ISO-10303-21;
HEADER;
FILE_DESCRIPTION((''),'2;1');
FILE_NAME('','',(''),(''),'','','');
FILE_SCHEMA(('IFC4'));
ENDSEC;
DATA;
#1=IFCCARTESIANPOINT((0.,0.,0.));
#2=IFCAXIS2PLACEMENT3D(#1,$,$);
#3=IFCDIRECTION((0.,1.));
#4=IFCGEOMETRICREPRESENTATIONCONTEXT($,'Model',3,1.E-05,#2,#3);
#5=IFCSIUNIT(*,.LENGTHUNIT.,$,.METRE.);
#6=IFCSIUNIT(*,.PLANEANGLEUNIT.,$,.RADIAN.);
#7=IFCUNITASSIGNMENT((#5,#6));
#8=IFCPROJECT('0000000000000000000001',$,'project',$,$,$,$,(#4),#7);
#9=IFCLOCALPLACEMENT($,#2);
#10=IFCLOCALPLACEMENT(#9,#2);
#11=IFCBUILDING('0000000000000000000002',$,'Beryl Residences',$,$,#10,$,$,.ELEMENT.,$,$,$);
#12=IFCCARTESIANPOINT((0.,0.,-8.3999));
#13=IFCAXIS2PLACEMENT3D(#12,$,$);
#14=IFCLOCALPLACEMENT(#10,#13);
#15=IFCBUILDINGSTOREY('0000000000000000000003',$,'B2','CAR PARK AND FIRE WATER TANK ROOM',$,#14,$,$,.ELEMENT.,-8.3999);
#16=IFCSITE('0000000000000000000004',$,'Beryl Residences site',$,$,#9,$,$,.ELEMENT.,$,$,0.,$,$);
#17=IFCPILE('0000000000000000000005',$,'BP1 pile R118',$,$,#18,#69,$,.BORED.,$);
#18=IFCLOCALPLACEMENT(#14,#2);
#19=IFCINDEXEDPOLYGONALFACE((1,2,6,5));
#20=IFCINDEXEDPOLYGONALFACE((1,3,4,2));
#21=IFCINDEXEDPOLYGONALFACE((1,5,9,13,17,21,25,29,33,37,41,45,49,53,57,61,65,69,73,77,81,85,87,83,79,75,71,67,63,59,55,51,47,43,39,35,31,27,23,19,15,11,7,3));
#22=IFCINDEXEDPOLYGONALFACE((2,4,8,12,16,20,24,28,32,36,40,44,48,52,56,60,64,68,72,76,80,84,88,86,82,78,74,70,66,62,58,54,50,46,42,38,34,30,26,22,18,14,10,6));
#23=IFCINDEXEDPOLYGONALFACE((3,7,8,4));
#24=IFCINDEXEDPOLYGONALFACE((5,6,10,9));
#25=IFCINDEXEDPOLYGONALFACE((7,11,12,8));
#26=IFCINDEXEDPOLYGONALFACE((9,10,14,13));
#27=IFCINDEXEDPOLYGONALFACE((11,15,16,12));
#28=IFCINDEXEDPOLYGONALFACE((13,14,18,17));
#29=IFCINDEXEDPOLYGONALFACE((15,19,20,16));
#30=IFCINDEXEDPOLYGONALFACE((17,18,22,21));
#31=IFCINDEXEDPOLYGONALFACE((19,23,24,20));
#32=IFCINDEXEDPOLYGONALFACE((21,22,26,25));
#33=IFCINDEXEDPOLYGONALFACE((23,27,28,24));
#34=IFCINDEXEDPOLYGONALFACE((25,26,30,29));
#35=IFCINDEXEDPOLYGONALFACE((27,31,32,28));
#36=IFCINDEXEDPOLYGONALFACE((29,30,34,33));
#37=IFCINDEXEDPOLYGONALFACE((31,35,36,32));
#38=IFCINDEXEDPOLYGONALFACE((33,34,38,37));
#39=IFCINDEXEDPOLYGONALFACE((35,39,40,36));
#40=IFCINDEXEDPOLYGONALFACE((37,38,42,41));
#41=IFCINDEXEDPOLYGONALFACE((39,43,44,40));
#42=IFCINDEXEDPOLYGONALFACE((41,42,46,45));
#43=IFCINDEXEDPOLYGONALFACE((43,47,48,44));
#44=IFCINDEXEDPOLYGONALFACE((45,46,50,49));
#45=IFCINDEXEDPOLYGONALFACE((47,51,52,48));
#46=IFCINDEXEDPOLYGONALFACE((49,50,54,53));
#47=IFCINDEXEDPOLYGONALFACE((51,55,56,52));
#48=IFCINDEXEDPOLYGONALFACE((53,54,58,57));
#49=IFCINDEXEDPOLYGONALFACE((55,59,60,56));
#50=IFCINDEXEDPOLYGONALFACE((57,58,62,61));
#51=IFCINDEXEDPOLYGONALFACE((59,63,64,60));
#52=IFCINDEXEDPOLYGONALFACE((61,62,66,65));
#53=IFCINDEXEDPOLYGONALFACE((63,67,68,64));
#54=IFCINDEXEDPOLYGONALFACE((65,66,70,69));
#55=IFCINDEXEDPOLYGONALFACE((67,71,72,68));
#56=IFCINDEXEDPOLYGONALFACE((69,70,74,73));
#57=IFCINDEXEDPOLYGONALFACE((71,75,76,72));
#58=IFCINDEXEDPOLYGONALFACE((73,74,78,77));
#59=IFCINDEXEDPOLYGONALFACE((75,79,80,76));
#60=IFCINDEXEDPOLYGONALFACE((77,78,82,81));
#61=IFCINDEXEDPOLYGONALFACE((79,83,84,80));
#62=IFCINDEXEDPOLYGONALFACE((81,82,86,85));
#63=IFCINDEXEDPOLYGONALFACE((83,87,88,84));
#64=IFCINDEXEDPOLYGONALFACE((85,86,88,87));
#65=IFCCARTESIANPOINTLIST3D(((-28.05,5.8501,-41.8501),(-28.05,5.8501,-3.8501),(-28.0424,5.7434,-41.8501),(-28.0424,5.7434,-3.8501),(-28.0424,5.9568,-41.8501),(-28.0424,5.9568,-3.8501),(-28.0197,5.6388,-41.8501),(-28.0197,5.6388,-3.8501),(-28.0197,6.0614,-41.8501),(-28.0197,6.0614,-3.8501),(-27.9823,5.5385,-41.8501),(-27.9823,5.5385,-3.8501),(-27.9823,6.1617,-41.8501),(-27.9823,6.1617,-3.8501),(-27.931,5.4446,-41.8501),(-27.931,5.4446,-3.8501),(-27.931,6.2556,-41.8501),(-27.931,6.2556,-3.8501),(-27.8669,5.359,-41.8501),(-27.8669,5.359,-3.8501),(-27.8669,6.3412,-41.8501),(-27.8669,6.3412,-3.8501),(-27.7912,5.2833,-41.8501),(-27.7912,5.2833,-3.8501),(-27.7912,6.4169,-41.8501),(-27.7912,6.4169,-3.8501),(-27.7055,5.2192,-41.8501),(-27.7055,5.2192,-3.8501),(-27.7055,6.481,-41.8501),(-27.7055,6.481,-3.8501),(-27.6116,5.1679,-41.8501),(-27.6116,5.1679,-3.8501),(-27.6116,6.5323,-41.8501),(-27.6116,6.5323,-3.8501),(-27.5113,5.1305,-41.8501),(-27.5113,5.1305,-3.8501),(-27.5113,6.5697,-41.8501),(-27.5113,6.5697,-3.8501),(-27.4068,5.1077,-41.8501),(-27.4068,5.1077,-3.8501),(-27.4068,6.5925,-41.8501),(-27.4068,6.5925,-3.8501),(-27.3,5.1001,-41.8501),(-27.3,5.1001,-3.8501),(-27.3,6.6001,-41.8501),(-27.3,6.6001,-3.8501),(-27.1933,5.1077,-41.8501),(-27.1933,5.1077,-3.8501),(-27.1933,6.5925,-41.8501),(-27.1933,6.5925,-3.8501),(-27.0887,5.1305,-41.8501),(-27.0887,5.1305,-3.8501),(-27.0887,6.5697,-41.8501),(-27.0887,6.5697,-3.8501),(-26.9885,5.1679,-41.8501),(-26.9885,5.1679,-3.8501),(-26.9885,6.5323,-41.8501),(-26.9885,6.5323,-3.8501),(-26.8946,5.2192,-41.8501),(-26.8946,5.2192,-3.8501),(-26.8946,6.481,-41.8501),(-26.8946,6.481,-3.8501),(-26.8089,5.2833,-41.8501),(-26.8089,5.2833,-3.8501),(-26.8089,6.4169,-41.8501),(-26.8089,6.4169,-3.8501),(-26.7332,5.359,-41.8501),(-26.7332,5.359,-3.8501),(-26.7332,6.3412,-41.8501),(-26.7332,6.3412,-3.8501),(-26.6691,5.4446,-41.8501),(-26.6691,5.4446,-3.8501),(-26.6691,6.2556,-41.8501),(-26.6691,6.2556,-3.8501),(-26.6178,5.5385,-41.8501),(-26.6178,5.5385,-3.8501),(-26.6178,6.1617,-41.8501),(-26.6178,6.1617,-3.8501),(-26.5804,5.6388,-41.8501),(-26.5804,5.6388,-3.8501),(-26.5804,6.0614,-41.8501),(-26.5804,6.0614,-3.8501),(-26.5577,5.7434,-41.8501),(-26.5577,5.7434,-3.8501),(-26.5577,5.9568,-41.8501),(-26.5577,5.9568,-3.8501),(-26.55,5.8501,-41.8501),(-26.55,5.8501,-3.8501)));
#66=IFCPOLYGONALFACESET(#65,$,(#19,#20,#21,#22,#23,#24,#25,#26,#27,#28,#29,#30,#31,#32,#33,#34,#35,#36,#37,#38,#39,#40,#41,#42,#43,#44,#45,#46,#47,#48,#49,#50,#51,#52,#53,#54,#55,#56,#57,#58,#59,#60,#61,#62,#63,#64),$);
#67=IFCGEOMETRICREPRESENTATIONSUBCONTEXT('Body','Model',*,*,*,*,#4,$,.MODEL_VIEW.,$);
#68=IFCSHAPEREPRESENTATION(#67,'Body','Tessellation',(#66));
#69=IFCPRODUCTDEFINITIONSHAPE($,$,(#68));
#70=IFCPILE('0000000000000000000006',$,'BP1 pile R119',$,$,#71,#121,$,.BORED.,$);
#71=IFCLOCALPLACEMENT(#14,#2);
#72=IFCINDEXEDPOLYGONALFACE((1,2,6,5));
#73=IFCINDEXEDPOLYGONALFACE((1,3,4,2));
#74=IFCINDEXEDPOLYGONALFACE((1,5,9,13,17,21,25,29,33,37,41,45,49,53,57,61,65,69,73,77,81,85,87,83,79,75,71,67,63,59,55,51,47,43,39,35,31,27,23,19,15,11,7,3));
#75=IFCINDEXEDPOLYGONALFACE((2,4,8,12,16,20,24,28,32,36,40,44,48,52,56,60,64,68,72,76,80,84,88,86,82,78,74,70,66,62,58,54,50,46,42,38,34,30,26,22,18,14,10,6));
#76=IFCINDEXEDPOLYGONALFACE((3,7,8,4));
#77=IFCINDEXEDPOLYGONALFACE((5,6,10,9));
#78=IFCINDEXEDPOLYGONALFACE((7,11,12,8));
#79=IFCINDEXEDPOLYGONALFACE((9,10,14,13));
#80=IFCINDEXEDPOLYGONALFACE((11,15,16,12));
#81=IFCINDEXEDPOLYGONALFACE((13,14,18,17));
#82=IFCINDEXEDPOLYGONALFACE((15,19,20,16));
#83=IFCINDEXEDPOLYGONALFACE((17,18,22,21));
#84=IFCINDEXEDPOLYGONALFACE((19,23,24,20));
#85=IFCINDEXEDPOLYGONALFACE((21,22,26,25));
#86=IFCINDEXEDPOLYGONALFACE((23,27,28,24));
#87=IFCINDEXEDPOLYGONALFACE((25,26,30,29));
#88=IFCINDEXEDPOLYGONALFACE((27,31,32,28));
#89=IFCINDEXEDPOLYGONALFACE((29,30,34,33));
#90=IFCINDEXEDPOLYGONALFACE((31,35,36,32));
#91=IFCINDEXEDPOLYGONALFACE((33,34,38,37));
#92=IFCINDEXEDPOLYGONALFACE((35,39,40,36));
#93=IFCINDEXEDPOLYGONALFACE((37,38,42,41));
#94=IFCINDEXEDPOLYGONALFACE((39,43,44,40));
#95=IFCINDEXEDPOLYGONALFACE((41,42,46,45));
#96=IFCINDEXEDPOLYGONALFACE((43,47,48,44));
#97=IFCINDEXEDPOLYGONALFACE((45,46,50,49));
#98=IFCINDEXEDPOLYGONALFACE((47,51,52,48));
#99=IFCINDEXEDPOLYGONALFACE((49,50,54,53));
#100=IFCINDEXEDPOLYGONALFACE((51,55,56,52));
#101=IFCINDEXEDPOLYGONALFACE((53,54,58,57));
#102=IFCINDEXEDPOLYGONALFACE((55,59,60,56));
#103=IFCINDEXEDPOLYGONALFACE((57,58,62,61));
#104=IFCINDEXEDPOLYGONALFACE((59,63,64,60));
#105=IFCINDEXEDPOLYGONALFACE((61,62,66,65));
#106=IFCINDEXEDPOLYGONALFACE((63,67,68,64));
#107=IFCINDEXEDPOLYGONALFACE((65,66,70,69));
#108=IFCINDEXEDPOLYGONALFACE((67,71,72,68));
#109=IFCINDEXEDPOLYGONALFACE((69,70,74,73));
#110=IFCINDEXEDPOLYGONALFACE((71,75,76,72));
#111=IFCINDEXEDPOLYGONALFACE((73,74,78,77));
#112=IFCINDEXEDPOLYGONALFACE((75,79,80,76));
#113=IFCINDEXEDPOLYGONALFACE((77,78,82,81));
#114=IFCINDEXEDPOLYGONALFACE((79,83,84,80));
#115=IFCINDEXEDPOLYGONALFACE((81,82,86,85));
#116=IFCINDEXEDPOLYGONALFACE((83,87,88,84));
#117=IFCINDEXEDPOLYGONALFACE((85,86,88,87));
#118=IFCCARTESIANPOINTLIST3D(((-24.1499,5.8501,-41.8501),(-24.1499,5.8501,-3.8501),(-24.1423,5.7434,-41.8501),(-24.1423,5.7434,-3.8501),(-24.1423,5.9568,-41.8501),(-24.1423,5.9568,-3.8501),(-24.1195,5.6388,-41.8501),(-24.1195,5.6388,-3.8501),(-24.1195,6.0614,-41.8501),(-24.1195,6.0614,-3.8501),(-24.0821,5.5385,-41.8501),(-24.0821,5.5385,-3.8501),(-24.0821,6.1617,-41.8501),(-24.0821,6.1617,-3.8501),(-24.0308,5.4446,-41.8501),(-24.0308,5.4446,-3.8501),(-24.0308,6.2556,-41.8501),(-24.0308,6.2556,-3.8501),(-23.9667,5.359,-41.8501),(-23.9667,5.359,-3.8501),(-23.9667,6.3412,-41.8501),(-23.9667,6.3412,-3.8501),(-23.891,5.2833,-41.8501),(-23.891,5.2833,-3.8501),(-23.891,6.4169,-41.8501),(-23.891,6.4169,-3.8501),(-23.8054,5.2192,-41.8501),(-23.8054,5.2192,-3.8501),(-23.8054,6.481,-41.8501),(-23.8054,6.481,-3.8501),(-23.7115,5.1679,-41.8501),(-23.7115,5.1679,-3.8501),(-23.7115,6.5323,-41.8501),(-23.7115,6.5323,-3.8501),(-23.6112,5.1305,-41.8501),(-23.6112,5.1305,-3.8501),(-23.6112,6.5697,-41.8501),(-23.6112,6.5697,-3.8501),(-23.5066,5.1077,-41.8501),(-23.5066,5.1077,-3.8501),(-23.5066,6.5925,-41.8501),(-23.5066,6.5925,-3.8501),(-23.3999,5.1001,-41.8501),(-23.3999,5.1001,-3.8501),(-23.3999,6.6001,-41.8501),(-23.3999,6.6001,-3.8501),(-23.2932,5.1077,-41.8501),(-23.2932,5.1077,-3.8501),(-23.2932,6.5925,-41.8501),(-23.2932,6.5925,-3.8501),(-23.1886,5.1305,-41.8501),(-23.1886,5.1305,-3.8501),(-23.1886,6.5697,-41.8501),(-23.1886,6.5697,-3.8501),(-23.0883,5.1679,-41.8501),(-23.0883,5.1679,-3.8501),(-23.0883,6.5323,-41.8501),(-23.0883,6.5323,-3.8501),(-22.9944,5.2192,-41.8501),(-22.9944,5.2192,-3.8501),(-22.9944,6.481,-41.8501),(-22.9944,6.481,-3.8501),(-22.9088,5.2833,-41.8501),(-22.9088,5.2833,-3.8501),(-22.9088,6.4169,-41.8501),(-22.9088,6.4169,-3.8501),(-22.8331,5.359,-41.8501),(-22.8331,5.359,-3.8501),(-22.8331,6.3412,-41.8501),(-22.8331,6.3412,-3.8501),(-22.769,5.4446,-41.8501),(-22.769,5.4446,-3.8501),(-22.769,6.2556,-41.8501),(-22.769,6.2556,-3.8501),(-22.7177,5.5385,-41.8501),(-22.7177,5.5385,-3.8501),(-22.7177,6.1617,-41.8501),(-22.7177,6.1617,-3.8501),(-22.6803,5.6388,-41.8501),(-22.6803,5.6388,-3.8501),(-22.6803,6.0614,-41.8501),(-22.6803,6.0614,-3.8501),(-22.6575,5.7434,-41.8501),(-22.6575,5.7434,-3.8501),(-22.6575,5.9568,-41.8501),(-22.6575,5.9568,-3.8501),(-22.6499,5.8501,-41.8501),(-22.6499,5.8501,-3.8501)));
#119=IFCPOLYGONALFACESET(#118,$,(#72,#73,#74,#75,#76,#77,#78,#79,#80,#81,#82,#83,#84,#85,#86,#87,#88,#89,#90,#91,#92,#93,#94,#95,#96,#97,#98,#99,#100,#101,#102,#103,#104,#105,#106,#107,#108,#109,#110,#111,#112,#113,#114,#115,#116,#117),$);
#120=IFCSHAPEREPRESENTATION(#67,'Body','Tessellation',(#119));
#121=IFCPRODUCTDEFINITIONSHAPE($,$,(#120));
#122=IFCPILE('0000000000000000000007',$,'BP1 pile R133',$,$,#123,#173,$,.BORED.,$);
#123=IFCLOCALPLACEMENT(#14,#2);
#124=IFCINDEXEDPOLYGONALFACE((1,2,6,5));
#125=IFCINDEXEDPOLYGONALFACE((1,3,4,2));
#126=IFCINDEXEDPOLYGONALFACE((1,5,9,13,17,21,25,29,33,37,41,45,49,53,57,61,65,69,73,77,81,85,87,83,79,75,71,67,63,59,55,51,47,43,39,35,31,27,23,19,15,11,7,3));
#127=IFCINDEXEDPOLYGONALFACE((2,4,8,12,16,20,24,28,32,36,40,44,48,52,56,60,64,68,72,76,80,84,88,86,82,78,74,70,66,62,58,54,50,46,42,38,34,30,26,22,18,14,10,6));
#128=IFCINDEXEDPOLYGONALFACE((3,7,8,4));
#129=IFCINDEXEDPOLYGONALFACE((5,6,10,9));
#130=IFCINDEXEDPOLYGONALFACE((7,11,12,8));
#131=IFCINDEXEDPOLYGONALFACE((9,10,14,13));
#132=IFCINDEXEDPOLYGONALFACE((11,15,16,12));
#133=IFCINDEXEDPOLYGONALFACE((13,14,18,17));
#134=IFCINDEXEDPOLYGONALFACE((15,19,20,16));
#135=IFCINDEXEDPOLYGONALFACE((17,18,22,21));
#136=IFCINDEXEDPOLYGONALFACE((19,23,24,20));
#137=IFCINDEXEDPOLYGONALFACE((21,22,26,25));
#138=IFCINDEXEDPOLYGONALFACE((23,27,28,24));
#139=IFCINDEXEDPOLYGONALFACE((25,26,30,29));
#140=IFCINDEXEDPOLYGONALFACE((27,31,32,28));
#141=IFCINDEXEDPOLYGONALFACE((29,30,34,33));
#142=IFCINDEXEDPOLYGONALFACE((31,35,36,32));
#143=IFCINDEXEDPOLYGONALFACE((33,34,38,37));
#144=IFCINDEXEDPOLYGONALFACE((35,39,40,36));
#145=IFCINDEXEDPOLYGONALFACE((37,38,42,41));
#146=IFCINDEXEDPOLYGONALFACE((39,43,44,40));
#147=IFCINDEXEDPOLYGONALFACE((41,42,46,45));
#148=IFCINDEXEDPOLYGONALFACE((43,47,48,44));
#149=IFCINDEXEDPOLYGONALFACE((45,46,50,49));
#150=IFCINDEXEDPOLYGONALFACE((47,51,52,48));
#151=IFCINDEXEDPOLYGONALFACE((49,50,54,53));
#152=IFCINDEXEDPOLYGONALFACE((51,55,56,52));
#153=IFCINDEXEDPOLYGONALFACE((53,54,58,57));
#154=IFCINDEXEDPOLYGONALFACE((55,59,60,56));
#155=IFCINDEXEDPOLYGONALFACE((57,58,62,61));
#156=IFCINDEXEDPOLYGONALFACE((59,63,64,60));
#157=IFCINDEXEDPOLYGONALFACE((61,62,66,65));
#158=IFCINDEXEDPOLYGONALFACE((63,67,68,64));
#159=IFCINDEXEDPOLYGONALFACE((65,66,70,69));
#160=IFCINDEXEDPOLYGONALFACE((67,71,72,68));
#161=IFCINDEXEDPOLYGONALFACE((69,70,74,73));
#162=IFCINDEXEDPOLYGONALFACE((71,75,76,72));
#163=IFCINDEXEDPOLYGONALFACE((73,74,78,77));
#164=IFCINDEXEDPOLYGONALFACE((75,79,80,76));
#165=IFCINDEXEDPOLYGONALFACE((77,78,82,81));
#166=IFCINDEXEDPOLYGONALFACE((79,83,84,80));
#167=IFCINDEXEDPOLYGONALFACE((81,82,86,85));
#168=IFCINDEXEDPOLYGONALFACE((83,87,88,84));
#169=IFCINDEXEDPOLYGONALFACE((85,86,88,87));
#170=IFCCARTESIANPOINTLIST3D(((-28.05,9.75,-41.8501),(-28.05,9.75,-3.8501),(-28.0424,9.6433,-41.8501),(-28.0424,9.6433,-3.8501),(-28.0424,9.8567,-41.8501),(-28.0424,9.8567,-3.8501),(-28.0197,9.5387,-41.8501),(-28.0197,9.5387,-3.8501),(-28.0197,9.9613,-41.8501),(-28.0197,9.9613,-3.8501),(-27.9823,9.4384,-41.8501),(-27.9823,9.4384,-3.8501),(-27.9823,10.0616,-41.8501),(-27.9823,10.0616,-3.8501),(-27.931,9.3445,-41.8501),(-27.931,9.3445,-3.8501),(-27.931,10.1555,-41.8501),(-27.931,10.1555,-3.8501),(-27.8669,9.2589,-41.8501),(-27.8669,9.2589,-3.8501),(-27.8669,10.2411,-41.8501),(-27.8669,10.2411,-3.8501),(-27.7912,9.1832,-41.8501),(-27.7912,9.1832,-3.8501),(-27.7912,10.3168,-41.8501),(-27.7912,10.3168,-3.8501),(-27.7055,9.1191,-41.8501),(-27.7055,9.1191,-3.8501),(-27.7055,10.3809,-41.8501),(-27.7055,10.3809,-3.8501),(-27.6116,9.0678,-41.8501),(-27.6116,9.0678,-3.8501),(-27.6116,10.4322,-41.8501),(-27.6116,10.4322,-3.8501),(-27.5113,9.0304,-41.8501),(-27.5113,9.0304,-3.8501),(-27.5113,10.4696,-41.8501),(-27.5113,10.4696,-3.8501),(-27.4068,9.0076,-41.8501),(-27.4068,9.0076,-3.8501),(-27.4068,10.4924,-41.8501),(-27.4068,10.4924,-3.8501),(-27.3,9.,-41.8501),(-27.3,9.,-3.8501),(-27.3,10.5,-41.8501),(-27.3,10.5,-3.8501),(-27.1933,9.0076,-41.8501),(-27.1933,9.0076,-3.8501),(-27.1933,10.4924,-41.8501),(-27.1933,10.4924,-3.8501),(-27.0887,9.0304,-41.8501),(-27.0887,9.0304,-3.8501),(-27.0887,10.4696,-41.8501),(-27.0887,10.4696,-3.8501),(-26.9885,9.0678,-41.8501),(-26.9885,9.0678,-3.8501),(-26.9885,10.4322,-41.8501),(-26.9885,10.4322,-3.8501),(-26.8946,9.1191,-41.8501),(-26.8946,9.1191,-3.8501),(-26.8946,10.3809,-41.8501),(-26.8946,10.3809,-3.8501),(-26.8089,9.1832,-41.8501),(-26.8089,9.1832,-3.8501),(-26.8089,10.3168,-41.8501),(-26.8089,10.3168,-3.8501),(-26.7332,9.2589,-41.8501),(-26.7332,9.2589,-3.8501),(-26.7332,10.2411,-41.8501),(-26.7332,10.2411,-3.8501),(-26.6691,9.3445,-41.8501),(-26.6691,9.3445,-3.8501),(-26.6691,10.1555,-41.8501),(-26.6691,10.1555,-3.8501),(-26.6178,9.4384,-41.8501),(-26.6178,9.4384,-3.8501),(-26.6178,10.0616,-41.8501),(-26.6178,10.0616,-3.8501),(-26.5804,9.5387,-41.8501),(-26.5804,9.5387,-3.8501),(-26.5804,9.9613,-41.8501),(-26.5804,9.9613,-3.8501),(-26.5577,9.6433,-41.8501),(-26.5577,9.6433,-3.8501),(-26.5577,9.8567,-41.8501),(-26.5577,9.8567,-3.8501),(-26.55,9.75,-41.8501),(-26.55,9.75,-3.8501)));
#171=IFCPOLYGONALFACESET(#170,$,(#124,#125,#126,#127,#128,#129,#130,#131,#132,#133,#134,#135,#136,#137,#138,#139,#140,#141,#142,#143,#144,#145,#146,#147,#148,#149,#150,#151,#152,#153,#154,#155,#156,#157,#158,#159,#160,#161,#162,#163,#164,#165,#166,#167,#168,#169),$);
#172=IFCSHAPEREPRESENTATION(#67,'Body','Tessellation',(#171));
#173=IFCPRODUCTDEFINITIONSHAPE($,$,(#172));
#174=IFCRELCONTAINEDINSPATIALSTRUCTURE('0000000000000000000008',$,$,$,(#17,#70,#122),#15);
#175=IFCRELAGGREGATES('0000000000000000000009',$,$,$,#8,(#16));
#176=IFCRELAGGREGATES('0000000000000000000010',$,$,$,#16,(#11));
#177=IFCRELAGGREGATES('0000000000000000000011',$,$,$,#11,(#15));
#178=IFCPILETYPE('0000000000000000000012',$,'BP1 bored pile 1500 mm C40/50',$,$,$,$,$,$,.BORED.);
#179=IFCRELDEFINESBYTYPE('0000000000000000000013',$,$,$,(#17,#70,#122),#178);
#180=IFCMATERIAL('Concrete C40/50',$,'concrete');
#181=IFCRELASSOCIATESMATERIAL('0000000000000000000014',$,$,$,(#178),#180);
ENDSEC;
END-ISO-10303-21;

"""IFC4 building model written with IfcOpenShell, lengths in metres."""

from ifc_helpers import new_model, si_unit, direction, frame, origin, origin_2d, place, context, subcontext, project, spatial, circle, extrude, material, material_profile, profile_set, type_object, element, save


model = new_model("IFC4")

# Units and contexts
model_context = context("Model", 3, precision=1e-05, world=origin(), true_north=direction((0.0, 1.0)))
body_context = subcontext(model_context, "Body", "Model", "MODEL_VIEW")
ifc_project = project(units=[si_unit("LENGTHUNIT", "METRE"), si_unit("PLANEANGLEUNIT", "RADIAN")], contexts=[model_context])

# Site, building, storey
site_placement = place(None, origin())
site = spatial("IfcSite", under=ifc_project, at=site_placement, Name="Beryl Residences site", CompositionType="ELEMENT", RefElevation=0.0)
building_placement = place(site_placement, origin())
building = spatial("IfcBuilding", under=site, at=building_placement, Name="Beryl Residences", CompositionType="ELEMENT")
storey_placement = place(building_placement, frame((0.0, 0.0, -8.3999)))
storey = spatial("IfcBuildingStorey", under=building, at=storey_placement, Name="B2", Description="CAR PARK AND FIRE WATER TANK ROOM", CompositionType="ELEMENT", Elevation=-8.3999)

# Piles
ifc_material_1 = material(Name="Concrete C40/50", Category="concrete")
ifc_material_profile_1 = material_profile(ifc_material_1, circle(Radius=0.75, at=origin_2d()))
ifc_profile_set_1 = profile_set([ifc_material_profile_1], Name="Concrete C40/50")
pile_type_1 = type_object("IfcPileType", Name="BP1 bored pile 1500 mm C40/50", PredefinedType="BORED", material=ifc_profile_set_1)
for number, where, z_axis, x_axis, name in (
    (1, (-27.3, 5.8501, -3.8501), (0.0, 0.0, -1.0), (1.0, 0.0, 0.0), "BP1 pile R118"),
    (2, (-23.3999, 5.8501, -3.8501), (0.0, 0.0, -1.0), (1.0, 0.0, 0.0), "BP1 pile R119"),
    (3, (-27.3, 9.75, -3.8501), (0.0, 0.0, -1.0), (1.0, 0.0, 0.0), "BP1 pile R133"),
):
    element("IfcPile", number, at=place(storey_placement, frame(where, z_axis=z_axis, x_axis=x_axis)), inside=storey, type_object=pile_type_1, Name=name, PredefinedType="BORED", context=body_context, shape_type="SweptSolid", body=[
        extrude(circle(Radius=0.75, at=origin_2d()), origin(), (0.0, 0.0, 1.0), 38.0),
    ])

save(model, "model.ifc")
